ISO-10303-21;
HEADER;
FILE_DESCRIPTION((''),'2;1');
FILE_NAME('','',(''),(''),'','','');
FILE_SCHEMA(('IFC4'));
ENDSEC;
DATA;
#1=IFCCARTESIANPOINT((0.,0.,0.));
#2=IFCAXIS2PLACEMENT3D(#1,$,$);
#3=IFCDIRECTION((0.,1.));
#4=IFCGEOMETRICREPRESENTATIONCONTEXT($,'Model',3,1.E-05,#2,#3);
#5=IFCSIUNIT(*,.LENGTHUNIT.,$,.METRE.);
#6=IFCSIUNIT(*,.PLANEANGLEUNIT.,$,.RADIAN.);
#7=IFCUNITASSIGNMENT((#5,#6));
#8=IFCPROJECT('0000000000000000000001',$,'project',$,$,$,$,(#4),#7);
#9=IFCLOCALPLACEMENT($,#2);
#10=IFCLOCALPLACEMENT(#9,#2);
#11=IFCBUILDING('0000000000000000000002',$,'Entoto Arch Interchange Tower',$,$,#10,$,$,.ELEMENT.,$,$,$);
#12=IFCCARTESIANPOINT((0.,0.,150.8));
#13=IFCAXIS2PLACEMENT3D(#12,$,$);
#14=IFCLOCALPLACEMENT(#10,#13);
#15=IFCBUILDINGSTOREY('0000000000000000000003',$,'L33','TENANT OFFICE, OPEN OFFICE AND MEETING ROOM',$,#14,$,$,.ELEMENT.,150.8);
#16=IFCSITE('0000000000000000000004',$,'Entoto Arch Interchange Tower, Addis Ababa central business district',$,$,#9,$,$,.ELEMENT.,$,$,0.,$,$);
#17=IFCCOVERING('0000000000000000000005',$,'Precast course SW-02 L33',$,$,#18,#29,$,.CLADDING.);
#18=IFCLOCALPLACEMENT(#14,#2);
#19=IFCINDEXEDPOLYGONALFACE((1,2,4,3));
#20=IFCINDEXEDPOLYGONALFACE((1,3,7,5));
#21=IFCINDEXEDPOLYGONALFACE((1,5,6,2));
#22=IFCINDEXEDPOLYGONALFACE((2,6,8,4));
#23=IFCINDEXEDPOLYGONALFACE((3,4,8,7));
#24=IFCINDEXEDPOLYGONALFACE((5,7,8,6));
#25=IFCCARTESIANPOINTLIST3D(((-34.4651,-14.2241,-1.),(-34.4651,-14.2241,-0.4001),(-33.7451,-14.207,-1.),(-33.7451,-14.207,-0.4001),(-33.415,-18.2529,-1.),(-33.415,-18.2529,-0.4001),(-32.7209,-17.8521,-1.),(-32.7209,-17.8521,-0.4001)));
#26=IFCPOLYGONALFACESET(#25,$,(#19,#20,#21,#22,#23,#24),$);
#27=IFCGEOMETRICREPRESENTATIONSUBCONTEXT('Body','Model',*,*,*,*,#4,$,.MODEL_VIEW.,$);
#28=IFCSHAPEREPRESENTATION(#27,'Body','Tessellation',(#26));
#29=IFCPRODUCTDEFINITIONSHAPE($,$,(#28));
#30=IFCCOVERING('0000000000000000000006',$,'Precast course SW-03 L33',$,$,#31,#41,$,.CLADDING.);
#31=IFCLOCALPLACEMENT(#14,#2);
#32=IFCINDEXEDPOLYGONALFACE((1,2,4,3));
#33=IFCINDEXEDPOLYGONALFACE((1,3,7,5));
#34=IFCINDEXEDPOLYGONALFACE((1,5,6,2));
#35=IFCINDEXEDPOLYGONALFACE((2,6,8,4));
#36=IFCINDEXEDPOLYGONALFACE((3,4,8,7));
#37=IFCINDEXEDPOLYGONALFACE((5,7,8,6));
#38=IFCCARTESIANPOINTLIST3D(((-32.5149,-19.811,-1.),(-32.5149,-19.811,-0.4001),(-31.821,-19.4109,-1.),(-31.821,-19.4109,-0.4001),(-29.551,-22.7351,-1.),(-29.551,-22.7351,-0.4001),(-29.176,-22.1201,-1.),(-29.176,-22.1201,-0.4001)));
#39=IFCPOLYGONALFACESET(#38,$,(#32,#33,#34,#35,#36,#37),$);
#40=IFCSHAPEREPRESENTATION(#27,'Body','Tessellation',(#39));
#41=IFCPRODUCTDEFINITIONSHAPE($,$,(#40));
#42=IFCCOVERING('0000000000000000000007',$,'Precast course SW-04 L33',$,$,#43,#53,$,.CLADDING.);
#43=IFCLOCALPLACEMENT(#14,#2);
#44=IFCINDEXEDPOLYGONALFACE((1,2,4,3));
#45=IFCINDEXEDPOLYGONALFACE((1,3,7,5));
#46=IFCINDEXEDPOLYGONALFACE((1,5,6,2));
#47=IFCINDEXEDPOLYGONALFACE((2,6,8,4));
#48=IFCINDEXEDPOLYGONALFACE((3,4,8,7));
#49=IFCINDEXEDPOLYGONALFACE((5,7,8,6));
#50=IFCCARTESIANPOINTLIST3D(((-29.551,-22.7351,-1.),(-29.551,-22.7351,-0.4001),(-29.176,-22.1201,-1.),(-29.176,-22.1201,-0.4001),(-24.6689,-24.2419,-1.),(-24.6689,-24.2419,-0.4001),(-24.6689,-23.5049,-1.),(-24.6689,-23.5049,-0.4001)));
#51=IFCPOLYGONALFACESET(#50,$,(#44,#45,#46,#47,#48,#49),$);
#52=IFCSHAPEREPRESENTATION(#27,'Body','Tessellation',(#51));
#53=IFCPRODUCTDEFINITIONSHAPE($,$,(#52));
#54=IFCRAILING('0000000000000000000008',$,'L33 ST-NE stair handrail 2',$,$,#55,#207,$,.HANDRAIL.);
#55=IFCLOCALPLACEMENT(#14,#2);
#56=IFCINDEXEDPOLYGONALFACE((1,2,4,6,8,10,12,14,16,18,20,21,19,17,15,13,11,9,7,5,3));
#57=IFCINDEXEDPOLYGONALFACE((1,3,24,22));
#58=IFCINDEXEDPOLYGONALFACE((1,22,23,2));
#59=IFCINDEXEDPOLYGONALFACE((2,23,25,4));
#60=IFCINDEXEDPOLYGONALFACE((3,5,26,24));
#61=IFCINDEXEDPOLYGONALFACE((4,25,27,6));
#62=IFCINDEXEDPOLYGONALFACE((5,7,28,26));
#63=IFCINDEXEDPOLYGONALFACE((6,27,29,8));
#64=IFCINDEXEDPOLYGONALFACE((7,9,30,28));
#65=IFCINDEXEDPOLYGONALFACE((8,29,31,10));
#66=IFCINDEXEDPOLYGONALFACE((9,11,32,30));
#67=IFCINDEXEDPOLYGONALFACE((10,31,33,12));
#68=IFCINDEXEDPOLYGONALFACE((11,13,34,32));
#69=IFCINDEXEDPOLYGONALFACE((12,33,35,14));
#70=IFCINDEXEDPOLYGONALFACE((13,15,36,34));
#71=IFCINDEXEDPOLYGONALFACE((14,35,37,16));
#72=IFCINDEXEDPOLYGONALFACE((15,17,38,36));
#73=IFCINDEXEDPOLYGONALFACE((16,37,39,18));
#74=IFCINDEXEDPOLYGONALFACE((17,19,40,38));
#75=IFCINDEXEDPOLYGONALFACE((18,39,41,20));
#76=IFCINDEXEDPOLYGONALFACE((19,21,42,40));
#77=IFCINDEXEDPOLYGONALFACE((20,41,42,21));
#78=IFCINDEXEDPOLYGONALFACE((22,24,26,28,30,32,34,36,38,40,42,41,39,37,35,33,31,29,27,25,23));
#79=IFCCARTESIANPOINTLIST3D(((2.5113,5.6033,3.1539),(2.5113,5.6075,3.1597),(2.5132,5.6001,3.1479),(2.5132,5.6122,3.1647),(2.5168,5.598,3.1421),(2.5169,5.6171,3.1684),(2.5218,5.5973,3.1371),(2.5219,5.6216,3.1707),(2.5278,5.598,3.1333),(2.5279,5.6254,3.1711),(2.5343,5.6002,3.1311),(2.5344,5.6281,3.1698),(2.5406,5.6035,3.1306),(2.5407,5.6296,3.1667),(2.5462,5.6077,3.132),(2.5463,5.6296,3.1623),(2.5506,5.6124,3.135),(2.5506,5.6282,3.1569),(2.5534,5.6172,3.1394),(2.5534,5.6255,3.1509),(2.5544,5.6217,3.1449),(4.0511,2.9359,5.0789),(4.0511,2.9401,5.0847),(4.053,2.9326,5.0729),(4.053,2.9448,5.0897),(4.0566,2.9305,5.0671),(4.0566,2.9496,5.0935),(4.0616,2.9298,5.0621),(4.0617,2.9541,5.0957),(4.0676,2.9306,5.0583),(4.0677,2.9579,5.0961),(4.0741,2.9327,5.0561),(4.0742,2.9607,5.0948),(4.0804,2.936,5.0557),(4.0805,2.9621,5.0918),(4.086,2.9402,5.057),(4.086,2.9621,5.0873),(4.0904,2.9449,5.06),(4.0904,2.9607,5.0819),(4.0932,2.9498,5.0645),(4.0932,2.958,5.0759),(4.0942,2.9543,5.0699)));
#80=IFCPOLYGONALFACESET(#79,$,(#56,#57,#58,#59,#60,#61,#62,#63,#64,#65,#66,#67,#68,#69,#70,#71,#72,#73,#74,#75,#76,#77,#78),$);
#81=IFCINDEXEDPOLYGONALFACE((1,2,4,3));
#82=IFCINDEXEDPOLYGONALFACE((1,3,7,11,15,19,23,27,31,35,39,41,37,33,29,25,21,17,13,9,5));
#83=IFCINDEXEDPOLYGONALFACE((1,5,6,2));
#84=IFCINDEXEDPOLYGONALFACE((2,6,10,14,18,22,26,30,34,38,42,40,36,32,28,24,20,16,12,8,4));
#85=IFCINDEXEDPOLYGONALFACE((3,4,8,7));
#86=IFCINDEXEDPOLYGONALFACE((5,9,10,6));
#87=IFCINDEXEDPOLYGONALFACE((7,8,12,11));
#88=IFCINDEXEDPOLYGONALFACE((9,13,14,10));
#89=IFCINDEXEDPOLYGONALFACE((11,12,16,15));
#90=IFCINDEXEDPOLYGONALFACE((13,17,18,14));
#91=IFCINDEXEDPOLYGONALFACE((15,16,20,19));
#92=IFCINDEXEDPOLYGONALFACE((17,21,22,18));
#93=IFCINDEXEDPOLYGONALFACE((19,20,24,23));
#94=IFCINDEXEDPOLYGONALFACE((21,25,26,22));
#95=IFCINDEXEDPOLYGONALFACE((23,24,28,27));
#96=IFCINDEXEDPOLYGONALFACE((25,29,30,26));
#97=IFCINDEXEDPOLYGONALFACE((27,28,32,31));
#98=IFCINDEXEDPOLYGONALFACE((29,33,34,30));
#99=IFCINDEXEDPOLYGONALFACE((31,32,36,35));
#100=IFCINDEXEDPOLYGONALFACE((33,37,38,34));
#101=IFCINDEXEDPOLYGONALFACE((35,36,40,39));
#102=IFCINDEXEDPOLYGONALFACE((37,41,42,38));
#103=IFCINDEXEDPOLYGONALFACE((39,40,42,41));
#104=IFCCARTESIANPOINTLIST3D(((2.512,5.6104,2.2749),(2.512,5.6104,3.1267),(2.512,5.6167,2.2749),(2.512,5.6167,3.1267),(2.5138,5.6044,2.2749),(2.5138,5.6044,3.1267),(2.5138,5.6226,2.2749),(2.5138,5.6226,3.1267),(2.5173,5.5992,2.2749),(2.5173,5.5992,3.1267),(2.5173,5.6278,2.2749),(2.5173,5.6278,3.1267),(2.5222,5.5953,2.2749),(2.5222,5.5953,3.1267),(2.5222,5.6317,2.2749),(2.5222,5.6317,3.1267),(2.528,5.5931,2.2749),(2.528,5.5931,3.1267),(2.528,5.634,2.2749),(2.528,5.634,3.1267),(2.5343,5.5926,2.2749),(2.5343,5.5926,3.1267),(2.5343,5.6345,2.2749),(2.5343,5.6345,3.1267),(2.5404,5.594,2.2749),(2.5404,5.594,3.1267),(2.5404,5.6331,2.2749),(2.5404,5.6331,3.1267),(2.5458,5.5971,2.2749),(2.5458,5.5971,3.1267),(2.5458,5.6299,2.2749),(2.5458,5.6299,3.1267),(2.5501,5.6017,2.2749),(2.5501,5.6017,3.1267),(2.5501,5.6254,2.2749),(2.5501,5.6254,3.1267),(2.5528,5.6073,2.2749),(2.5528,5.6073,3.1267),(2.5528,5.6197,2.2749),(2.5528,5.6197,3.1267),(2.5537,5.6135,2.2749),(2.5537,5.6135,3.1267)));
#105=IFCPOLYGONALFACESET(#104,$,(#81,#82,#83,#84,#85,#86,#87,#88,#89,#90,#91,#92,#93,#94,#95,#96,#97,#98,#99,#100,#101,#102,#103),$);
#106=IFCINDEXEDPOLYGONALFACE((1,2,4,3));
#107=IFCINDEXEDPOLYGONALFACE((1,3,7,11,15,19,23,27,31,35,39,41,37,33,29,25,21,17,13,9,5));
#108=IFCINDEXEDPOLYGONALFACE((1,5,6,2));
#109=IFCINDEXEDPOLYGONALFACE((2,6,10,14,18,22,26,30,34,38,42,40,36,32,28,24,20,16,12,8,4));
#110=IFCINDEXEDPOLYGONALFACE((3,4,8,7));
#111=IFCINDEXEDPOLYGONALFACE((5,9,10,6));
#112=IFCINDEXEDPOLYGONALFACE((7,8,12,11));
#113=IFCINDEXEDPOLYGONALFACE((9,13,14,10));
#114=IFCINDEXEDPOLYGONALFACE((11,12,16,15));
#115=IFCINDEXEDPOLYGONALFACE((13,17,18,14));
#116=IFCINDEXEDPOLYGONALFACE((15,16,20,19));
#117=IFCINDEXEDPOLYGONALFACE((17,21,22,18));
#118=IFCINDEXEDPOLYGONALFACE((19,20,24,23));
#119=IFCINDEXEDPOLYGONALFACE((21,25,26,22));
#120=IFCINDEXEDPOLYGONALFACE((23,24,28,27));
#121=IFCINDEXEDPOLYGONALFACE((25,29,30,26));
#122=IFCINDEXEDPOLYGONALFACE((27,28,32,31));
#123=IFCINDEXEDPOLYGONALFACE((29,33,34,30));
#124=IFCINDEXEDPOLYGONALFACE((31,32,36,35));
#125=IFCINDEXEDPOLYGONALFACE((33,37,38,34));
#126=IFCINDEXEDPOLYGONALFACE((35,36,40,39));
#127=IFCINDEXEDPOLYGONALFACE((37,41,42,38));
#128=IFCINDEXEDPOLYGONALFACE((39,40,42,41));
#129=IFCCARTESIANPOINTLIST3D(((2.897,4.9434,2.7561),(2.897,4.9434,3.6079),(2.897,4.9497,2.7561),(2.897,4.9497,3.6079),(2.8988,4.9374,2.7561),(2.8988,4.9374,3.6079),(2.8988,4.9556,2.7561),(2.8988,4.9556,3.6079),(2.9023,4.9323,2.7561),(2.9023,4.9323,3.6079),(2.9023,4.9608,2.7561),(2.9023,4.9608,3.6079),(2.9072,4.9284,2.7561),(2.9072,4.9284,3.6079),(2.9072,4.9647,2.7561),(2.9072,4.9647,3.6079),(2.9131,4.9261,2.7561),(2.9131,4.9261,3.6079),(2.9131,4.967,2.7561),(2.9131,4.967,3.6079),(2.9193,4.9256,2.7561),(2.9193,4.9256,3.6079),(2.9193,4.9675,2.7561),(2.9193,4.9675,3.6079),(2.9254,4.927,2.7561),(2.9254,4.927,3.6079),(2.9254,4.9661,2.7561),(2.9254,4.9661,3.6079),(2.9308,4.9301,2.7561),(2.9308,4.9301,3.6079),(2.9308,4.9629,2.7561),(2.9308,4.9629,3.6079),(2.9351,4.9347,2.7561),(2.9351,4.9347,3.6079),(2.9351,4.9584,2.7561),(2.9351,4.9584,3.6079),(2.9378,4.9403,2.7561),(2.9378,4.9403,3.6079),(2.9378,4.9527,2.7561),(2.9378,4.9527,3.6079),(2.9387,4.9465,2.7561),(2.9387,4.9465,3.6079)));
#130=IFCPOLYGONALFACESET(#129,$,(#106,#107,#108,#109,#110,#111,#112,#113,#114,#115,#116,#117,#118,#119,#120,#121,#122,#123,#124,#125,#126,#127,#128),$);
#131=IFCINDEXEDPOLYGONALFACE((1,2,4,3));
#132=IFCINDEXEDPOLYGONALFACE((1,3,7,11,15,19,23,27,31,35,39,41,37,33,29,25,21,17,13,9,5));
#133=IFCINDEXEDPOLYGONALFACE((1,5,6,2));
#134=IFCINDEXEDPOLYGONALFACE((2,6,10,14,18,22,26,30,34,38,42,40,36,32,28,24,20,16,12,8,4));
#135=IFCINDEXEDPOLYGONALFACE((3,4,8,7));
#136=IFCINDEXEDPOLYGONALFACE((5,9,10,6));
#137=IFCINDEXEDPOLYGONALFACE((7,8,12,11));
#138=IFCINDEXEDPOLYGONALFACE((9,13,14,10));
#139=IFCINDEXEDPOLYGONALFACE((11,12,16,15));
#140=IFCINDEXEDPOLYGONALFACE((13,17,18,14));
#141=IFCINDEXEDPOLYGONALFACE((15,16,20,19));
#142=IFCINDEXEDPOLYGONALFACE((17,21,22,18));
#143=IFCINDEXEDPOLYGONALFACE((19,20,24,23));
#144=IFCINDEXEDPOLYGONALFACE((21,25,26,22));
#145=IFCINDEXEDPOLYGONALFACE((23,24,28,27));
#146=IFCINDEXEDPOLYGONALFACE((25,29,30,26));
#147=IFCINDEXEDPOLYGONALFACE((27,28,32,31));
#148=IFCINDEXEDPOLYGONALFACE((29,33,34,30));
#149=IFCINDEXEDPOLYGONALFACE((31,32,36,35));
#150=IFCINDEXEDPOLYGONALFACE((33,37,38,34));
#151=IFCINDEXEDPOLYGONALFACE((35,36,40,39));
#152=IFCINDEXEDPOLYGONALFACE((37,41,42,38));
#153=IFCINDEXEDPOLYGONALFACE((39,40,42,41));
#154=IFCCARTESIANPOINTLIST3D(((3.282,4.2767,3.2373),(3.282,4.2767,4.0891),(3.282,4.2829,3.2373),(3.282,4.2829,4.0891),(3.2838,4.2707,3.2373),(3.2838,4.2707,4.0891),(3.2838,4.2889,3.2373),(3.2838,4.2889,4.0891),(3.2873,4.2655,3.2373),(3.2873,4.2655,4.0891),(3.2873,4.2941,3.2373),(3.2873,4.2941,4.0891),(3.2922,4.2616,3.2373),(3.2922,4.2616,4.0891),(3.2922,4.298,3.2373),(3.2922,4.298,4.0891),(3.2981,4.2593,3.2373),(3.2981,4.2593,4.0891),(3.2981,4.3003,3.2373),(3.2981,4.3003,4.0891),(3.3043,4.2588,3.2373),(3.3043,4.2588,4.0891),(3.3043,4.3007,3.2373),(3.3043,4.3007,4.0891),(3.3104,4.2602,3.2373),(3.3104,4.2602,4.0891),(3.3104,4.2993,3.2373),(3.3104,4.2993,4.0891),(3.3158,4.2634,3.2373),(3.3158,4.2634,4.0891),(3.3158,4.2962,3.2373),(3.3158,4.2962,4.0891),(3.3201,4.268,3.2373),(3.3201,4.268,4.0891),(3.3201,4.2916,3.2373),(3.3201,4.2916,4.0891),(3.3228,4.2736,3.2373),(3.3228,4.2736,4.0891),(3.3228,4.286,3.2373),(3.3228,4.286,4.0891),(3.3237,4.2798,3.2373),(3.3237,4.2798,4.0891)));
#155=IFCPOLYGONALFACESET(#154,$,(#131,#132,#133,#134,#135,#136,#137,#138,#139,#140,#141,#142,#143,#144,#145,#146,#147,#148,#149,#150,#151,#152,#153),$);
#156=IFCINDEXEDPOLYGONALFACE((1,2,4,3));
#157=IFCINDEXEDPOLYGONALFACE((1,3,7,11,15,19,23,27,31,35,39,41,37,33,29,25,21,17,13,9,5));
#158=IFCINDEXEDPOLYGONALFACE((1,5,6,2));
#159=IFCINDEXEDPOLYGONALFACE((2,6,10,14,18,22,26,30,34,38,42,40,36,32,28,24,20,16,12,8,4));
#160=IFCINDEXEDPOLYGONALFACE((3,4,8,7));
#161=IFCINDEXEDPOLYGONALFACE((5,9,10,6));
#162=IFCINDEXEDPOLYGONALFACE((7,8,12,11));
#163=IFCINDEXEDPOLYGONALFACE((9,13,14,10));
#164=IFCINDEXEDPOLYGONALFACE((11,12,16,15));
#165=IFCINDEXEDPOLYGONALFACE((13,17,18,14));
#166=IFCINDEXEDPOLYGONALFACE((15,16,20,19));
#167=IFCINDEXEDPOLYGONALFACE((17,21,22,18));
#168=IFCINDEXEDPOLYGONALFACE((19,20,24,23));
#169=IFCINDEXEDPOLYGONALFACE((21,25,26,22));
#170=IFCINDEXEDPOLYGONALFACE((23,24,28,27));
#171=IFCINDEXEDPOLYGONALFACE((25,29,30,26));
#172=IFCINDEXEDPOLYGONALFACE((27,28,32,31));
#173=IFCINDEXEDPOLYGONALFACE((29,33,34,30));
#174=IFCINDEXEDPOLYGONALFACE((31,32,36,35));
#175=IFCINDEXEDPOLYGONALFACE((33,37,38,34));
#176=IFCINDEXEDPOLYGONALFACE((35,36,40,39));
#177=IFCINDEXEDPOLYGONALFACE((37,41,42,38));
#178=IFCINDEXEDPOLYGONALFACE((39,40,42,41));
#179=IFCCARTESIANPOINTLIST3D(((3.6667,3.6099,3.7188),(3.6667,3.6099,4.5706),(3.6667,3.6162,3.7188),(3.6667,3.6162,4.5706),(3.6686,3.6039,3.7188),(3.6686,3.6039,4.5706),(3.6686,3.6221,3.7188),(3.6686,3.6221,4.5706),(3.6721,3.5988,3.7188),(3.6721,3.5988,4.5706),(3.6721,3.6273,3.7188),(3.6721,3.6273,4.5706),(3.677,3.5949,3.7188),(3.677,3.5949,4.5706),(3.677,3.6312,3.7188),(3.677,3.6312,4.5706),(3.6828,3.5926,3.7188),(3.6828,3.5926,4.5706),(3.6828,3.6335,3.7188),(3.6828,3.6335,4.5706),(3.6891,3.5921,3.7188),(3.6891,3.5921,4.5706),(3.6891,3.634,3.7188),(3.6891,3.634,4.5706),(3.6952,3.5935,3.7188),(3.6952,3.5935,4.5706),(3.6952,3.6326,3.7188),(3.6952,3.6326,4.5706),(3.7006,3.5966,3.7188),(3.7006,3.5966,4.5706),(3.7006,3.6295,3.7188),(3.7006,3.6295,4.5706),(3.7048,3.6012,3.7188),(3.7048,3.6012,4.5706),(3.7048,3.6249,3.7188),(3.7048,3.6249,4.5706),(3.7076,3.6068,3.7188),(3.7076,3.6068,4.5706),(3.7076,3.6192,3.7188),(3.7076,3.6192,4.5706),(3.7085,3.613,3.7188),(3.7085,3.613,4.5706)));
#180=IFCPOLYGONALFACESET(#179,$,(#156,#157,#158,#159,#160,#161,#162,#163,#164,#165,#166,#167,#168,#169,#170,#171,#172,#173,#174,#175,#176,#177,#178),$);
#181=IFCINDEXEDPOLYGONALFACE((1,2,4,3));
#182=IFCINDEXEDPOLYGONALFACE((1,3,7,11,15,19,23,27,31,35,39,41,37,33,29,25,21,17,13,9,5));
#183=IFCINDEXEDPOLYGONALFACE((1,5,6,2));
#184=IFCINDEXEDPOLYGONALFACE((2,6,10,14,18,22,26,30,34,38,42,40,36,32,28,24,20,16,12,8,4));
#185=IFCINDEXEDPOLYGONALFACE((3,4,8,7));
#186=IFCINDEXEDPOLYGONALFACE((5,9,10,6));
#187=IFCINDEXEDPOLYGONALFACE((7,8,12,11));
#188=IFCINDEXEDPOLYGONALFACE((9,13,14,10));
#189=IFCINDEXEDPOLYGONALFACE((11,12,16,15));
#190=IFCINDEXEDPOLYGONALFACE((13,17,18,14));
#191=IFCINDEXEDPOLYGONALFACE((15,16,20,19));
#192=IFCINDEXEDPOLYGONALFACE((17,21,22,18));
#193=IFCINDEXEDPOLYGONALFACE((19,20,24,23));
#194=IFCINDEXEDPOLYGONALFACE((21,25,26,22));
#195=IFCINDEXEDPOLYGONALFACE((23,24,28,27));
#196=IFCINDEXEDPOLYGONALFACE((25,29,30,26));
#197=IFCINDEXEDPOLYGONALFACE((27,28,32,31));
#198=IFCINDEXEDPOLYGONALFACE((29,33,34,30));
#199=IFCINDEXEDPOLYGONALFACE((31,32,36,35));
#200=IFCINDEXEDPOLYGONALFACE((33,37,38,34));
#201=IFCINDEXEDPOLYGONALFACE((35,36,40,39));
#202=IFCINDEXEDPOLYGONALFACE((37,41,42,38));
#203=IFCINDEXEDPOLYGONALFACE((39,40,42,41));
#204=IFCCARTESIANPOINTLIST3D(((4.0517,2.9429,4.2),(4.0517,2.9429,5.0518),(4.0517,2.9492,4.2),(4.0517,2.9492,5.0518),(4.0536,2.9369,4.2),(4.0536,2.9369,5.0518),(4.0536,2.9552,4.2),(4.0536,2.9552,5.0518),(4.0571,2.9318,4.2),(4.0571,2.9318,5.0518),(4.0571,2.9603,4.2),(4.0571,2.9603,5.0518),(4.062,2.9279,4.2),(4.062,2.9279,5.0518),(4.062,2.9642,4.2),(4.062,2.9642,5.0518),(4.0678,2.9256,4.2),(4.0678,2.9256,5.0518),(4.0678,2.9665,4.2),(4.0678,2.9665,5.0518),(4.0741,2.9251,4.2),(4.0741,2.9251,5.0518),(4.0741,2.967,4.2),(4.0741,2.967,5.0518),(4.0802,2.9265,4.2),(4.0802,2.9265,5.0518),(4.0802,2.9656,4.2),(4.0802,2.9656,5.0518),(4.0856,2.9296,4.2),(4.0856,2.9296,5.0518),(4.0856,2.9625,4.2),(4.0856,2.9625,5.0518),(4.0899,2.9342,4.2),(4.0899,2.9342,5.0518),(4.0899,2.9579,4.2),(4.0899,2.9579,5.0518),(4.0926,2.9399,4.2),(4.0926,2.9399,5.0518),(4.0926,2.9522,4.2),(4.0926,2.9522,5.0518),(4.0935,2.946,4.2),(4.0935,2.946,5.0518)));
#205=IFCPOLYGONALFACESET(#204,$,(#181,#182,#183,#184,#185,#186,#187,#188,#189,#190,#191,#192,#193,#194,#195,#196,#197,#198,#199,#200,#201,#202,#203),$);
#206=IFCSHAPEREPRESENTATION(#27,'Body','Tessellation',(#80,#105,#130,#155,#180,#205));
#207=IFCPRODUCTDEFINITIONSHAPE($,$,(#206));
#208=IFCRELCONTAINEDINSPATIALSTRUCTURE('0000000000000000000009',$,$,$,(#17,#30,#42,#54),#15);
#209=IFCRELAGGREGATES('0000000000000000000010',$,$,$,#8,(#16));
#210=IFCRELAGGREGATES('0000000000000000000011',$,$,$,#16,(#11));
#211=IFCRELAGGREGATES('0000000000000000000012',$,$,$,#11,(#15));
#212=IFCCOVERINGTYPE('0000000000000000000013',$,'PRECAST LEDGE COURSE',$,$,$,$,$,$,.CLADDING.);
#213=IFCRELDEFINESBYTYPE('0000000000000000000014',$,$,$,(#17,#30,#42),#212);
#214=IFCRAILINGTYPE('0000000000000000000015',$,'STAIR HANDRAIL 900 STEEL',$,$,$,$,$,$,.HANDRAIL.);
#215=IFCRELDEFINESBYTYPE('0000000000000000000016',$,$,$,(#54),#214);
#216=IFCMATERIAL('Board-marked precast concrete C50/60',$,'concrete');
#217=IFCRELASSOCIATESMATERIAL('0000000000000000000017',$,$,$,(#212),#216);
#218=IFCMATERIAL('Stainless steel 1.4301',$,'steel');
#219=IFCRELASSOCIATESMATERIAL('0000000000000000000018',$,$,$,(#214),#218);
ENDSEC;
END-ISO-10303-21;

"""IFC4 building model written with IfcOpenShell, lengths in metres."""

from ifc_helpers import new_model, si_unit, direction, frame, origin, origin_2d, place, context, subcontext, project, spatial, polyline, circle, outline, extrude, material, type_object, element, save


model = new_model("IFC4")

# Units and contexts
model_context = context("Model", 3, precision=1e-05, world=origin(), true_north=direction((0.0, 1.0)))
body_context = subcontext(model_context, "Body", "Model", "MODEL_VIEW")
ifc_project = project(units=[si_unit("LENGTHUNIT", "METRE"), si_unit("PLANEANGLEUNIT", "RADIAN")], contexts=[model_context])

# Site, building, storey
site_placement = place(None, origin())
site = spatial("IfcSite", under=ifc_project, at=site_placement, Name="Entoto Arch Interchange Tower, Addis Ababa central business district", CompositionType="ELEMENT", RefElevation=0.0)
building_placement = place(site_placement, origin())
building = spatial("IfcBuilding", under=site, at=building_placement, Name="Entoto Arch Interchange Tower", CompositionType="ELEMENT")
storey_placement = place(building_placement, frame((0.0, 0.0, 150.8)))
storey = spatial("IfcBuildingStorey", under=building, at=storey_placement, Name="L33", Description="TENANT OFFICE, OPEN OFFICE AND MEETING ROOM", CompositionType="ELEMENT", Elevation=150.8)

# Shared definitions
ifc_material_1 = material(Name="Board-marked precast concrete C50/60", Category="concrete")

# Coverings
covering_type_1 = type_object("IfcCoveringType", Name="PRECAST LEDGE COURSE", PredefinedType="CLADDING", material=ifc_material_1)
covering_1_placement = place(storey_placement, frame((0.0, 0.0, -1.0)))
element("IfcCovering", 1, at=covering_1_placement, inside=storey, type_object=covering_type_1, Name="Precast course SW-02 L33", PredefinedType="CLADDING", context=body_context, shape_type="SweptSolid", body=[
    extrude(outline(polyline([(-32.7209, -17.8521), (-33.415, -18.2529), (-34.4651, -14.2241), (-33.7451, -14.207), (-32.7209, -17.8521)])), origin(), (0.0, 0.0, 1.0), 0.5999),
])
covering_2_placement = place(storey_placement, frame((0.0, 0.0, -1.0)))
element("IfcCovering", 2, at=covering_2_placement, inside=storey, type_object=covering_type_1, Name="Precast course SW-03 L33", PredefinedType="CLADDING", context=body_context, shape_type="SweptSolid", body=[
    extrude(outline(polyline([(-29.176, -22.1201), (-29.551, -22.7351), (-32.5149, -19.811), (-31.821, -19.4109), (-29.176, -22.1201)])), origin(), (0.0, 0.0, 1.0), 0.5999),
])
covering_3_placement = place(storey_placement, frame((0.0, 0.0, -1.0)))
element("IfcCovering", 3, at=covering_3_placement, inside=storey, type_object=covering_type_1, Name="Precast course SW-04 L33", PredefinedType="CLADDING", context=body_context, shape_type="SweptSolid", body=[
    extrude(outline(polyline([(-24.6689, -23.5049), (-24.6689, -24.2419), (-29.551, -22.7351), (-29.176, -22.1201), (-24.6689, -23.5049)])), origin(), (0.0, 0.0, 1.0), 0.5999),
])

# Railing
ifc_material_2 = material(Name="Stainless steel 1.4301", Category="steel")
railing_type = type_object("IfcRailingType", Name="STAIR HANDRAIL 900 STEEL", PredefinedType="HANDRAIL", material=ifc_material_2)
railing_placement = place(storey_placement, frame((2.5327, 5.6135, 2.2749)))
element("IfcRailing", 4, at=railing_placement, inside=storey, type_object=railing_type, Name="L33 ST-NE stair handrail 2", PredefinedType="HANDRAIL", context=body_context, shape_type="SweptSolid", body=[
    extrude(circle(Radius=0.0239, at=origin_2d()), frame((0.0, 0.0, 0.876), z_axis=(0.423939, -0.734416, 0.530008), x_axis=(0.866064, 0.499933, 0.0)), (0.0, 0.0, 1.0), 3.6321),
    extrude(circle(Radius=0.021, at=origin_2d()), origin(), (0.0, 0.0, 1.0), 0.8518),
    extrude(circle(Radius=0.021, at=origin_2d()), frame((0.385, -0.667, 0.4812)), (0.0, 0.0, 1.0), 0.8518),
    extrude(circle(Radius=0.021, at=origin_2d()), frame((0.77, -1.3337, 0.9624)), (0.0, 0.0, 1.0), 0.8518),
    extrude(circle(Radius=0.021, at=origin_2d()), frame((1.1548, -2.0005, 1.4438)), (0.0, 0.0, 1.0), 0.8518),
    extrude(circle(Radius=0.021, at=origin_2d()), frame((1.5398, -2.6675, 1.925)), (0.0, 0.0, 1.0), 0.8518),
])

save(model, "model.ifc")
